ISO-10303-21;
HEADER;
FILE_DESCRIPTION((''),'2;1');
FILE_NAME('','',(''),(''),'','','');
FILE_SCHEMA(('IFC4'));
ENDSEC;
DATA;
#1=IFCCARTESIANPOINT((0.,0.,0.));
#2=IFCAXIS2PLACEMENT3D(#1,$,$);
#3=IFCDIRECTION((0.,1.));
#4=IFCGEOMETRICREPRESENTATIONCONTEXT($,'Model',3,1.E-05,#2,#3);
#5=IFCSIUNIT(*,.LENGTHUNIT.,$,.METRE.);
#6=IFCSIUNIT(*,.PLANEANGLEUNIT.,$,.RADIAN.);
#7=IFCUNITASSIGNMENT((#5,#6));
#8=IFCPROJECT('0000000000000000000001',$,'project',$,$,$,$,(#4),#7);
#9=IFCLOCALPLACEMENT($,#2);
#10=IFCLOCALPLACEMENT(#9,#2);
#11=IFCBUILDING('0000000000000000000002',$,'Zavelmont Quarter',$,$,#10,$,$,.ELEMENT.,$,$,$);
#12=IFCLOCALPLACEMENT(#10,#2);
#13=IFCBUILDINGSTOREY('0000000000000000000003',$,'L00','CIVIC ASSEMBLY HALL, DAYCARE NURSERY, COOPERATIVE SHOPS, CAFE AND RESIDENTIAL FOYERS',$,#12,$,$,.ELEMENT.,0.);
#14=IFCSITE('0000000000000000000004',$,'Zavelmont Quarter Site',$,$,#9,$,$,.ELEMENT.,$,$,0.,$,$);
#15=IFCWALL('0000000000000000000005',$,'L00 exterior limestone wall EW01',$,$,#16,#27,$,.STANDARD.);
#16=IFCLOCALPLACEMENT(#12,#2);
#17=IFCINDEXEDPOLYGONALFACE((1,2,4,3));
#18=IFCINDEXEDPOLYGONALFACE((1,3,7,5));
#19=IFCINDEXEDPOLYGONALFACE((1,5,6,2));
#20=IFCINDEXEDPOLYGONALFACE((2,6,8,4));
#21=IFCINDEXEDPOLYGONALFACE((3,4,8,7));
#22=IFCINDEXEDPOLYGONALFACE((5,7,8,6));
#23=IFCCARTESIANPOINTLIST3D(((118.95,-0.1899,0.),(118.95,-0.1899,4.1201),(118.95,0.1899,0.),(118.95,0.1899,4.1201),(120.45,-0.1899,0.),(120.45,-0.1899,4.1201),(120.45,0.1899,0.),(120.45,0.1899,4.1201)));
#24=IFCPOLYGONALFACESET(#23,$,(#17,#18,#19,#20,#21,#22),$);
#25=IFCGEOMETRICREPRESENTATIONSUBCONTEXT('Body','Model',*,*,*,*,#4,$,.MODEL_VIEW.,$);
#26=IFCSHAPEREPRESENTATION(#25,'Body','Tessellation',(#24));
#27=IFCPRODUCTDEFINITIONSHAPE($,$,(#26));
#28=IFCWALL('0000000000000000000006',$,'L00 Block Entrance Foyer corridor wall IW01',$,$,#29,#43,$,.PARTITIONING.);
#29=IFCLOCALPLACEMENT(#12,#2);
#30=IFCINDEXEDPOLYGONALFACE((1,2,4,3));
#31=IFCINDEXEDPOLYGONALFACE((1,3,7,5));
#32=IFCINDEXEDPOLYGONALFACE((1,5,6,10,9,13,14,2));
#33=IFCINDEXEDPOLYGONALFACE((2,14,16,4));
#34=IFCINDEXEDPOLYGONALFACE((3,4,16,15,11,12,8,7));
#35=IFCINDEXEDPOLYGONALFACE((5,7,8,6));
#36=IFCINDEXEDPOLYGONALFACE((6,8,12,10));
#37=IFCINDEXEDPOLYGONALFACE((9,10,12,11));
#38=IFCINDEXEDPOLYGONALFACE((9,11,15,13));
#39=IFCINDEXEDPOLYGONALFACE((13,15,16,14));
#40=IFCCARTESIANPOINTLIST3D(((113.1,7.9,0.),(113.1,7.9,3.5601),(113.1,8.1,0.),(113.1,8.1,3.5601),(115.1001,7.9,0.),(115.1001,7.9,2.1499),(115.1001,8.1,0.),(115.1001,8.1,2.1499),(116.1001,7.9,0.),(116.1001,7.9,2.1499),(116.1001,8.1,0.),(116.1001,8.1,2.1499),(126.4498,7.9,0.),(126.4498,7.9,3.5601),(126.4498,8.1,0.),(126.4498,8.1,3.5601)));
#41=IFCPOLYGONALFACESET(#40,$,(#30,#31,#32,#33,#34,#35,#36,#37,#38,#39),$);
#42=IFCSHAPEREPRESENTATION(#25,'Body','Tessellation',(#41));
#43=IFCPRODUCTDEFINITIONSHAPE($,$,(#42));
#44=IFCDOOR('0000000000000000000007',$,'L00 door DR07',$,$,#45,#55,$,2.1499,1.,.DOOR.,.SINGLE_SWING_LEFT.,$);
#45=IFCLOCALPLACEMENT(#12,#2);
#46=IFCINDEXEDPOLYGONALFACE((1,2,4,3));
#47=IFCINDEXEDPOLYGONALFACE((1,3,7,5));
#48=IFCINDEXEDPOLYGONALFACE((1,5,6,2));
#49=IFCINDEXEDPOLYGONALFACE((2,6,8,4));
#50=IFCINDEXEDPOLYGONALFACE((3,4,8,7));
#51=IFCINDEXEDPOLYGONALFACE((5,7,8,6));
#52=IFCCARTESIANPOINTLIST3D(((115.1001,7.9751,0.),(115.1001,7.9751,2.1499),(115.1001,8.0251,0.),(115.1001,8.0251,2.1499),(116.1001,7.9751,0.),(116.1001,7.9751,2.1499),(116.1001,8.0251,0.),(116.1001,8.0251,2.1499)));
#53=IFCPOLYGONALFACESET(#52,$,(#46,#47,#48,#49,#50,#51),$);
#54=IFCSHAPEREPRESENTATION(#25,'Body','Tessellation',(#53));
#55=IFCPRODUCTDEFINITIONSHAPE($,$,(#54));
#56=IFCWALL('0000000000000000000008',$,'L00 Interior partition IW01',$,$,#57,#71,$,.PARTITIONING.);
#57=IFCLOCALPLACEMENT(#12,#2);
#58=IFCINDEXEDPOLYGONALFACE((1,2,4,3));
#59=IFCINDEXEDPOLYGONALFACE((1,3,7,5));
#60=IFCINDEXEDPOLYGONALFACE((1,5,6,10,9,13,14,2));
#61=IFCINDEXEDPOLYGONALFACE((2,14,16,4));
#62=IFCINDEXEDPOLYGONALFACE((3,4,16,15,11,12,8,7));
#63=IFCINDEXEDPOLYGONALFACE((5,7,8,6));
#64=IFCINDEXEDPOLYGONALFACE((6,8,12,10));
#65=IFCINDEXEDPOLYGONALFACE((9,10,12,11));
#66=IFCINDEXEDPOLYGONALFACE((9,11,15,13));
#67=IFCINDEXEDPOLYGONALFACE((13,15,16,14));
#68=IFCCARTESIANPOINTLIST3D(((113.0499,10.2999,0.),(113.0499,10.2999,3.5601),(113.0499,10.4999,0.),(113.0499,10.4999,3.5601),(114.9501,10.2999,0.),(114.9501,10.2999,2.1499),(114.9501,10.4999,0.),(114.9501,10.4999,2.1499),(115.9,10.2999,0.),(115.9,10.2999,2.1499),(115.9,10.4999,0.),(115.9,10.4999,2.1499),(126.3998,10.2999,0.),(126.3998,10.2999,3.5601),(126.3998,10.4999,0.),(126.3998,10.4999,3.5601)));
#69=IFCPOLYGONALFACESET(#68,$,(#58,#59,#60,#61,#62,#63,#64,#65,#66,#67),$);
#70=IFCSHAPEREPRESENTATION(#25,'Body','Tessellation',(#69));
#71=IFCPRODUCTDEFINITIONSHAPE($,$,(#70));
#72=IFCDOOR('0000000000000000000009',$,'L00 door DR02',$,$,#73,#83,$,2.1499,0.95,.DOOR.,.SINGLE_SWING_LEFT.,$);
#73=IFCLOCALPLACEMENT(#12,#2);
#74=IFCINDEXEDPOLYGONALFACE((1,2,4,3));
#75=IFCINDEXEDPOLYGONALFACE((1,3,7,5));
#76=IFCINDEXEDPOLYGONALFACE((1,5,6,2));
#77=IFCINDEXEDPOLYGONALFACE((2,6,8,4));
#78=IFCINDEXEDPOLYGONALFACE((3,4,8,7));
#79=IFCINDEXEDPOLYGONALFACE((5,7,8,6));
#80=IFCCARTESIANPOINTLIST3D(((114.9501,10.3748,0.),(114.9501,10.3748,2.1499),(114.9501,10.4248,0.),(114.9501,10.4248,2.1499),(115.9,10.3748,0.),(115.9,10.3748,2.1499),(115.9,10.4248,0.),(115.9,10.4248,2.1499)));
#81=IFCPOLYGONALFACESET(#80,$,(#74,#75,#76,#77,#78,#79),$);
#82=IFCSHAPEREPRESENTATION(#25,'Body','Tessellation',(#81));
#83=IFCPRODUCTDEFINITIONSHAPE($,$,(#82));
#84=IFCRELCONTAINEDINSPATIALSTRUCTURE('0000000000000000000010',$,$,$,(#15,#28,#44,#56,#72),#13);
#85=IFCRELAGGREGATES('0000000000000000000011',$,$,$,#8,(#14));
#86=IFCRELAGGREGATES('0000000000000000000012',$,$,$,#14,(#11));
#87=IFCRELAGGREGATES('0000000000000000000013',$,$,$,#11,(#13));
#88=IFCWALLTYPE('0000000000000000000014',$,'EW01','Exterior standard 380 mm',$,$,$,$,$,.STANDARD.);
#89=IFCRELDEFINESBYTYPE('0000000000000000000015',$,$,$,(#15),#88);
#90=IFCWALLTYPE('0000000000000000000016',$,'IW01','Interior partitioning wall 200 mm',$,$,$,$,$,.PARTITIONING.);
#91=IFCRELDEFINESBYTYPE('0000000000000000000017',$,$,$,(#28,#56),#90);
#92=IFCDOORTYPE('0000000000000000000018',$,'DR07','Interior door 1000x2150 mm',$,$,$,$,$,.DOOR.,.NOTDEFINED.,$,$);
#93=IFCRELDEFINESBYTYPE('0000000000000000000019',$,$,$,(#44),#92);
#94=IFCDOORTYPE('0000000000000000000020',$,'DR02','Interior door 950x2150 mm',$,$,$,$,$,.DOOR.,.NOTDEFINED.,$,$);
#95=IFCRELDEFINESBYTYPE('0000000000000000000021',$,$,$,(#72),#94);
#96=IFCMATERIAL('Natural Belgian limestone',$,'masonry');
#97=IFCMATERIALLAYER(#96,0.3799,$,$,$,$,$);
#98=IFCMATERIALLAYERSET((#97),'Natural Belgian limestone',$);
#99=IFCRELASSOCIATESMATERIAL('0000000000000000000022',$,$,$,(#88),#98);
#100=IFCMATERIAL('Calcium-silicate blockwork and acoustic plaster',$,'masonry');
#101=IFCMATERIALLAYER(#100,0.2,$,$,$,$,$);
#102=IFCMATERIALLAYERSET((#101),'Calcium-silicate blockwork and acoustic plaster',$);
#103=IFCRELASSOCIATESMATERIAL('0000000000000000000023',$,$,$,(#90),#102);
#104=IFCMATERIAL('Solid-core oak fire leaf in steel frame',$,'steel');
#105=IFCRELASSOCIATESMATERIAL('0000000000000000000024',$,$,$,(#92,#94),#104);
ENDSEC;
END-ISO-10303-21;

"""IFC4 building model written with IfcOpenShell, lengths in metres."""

from ifc_helpers import new_model, si_unit, direction, frame, frame_2d, origin, origin_with_axes, place, context, subcontext, project, spatial, rectangle, extrude, material, layer, layer_set, type_object, element, fill, save


model = new_model("IFC4")

# Units and contexts
model_context = context("Model", 3, precision=1e-05, world=origin(), true_north=direction((0.0, 1.0)))
body_context = subcontext(model_context, "Body", "Model", "MODEL_VIEW")
ifc_project = project(units=[si_unit("LENGTHUNIT", "METRE"), si_unit("PLANEANGLEUNIT", "RADIAN")], contexts=[model_context])

# Site, building, storey
site_placement = place(None, origin())
site = spatial("IfcSite", under=ifc_project, at=site_placement, Name="Zavelmont Quarter Site", CompositionType="ELEMENT", RefElevation=0.0)
building_placement = place(site_placement, origin())
building = spatial("IfcBuilding", under=site, at=building_placement, Name="Zavelmont Quarter", CompositionType="ELEMENT")
storey_placement = place(building_placement, origin())
storey = spatial("IfcBuildingStorey", under=building, at=storey_placement, Name="L00", Description="CIVIC ASSEMBLY HALL, DAYCARE NURSERY, COOPERATIVE SHOPS, CAFE AND RESIDENTIAL FOYERS", CompositionType="ELEMENT", Elevation=0.0)

# Wall
ifc_material_1 = material(Name="Natural Belgian limestone", Category="masonry")
ifc_layer_1 = layer(ifc_material_1, 0.3799)
ifc_layer_set_1 = layer_set([ifc_layer_1], Name="Natural Belgian limestone")
wall_type_1 = type_object("IfcWallType", Name="EW01", Description="Exterior standard 380 mm", PredefinedType="STANDARD", material=ifc_layer_set_1)
wall_1_placement = place(storey_placement, frame((118.95, 0.0, 0.0), z_axis=(0.0, 0.0, 1.0), x_axis=(1.0, 0.0, 0.0)))
element("IfcWall", 1, at=wall_1_placement, inside=storey, type_object=wall_type_1, Name="L00 exterior limestone wall EW01", PredefinedType="STANDARD", context=body_context, shape_type="SweptSolid", body=[
    extrude(rectangle(XDim=1.5, YDim=0.3799, at=frame_2d((0.75, 0.0))), origin(), (0.0, 0.0, 1.0), 4.1201),
])

# Walls, openings, doors
ifc_material_2 = material(Name="Calcium-silicate blockwork and acoustic plaster", Category="masonry")
ifc_layer_2 = layer(ifc_material_2, 0.2)
ifc_layer_set_2 = layer_set([ifc_layer_2], Name="Calcium-silicate blockwork and acoustic plaster")
wall_type_2 = type_object("IfcWallType", Name="IW01", Description="Interior partitioning wall 200 mm", PredefinedType="PARTITIONING", material=ifc_layer_set_2)
wall_2_placement = place(storey_placement, frame((113.1001, 8.0, 0.0), z_axis=(0.0, 0.0, 1.0), x_axis=(1.0, 0.0, 0.0)))
wall_2 = element("IfcWall", 2, at=wall_2_placement, inside=storey, type_object=wall_type_2, Name="L00 Block Entrance Foyer corridor wall IW01", PredefinedType="PARTITIONING", context=body_context, shape_type="SweptSolid", body=[
    extrude(rectangle(XDim=13.3499, YDim=0.2, at=frame_2d((6.6748, 0.0))), origin(), (0.0, 0.0, 1.0), 3.5601),
])
opening_1_placement = place(wall_2_placement, frame((2.0, 0.0, 0.0)))
opening_1 = element("IfcOpeningElement", 3, at=opening_1_placement, cuts=wall_2, PredefinedType="OPENING", context=body_context, shape_type="SweptSolid", body=[
    extrude(rectangle(XDim=1.0, YDim=2.1499, at=frame_2d((0.5, 1.075))), frame((0.0, 0.1118, 0.0), z_axis=(0.0, -1.0, 0.0), x_axis=(1.0, 0.0, 0.0)), (0.0, 0.0, 1.0), 0.2239),
])
ifc_material_3 = material(Name="Solid-core oak fire leaf in steel frame", Category="steel")
door_type_1 = type_object("IfcDoorType", Name="DR07", Description="Interior door 1000x2150 mm", OperationType="NOTDEFINED", PredefinedType="DOOR", material=ifc_material_3)
door_1_placement = place(opening_1_placement, frame((1.0, 0.0, 0.0), z_axis=(0.0, 0.0, 1.0), x_axis=(-1.0, 0.0, 0.0)))
door_1 = element("IfcDoor", 4, at=door_1_placement, inside=storey, type_object=door_type_1, Name="L00 door DR07", OperationType="SINGLE_SWING_LEFT", OverallHeight=2.1499, OverallWidth=1.0, PredefinedType="DOOR", context=body_context, shape_type="SweptSolid", body=[
    extrude(rectangle(XDim=1.0, YDim=2.1499, at=frame_2d((0.5, 1.075))), frame((0.0, 0.0249, 0.0), z_axis=(0.0, -1.0, 0.0), x_axis=(1.0, 0.0, 0.0)), (0.0, 0.0, 1.0), 0.05),
])
fill(opening_1, door_1)
wall_3_placement = place(storey_placement, frame((113.05, 10.3999, 0.0), z_axis=(0.0, 0.0, 1.0), x_axis=(1.0, 0.0, 0.0)))
wall_3 = element("IfcWall", 5, at=wall_3_placement, inside=storey, type_object=wall_type_2, Name="L00 Interior partition IW01", PredefinedType="PARTITIONING", context=body_context, shape_type="SweptSolid", body=[
    extrude(rectangle(XDim=13.3499, YDim=0.2, at=frame_2d((6.6748, 0.0))), origin(), (0.0, 0.0, 1.0), 3.5601),
])
opening_2_placement = place(wall_3_placement, frame((1.8999, 0.0, 0.0)))
opening_2 = element("IfcOpeningElement", 6, at=opening_2_placement, cuts=wall_3, PredefinedType="OPENING", context=body_context, shape_type="SweptSolid", body=[
    extrude(rectangle(XDim=0.95, YDim=2.1499, at=frame_2d((0.4751, 1.075))), frame((0.0, 0.1118, 0.0), z_axis=(0.0, -1.0, 0.0), x_axis=(1.0, 0.0, 0.0)), (0.0, 0.0, 1.0), 0.2239),
])
door_type_2 = type_object("IfcDoorType", Name="DR02", Description="Interior door 950x2150 mm", OperationType="NOTDEFINED", PredefinedType="DOOR", material=ifc_material_3)
door_2_placement = place(opening_2_placement, origin_with_axes())
door_2 = element("IfcDoor", 7, at=door_2_placement, inside=storey, type_object=door_type_2, Name="L00 door DR02", OperationType="SINGLE_SWING_LEFT", OverallHeight=2.1499, OverallWidth=0.95, PredefinedType="DOOR", context=body_context, shape_type="SweptSolid", body=[
    extrude(rectangle(XDim=0.95, YDim=2.1499, at=frame_2d((0.4751, 1.075))), frame((0.0, 0.0249, 0.0), z_axis=(0.0, -1.0, 0.0), x_axis=(1.0, 0.0, 0.0)), (0.0, 0.0, 1.0), 0.05),
])
fill(opening_2, door_2)

save(model, "model.ifc")
